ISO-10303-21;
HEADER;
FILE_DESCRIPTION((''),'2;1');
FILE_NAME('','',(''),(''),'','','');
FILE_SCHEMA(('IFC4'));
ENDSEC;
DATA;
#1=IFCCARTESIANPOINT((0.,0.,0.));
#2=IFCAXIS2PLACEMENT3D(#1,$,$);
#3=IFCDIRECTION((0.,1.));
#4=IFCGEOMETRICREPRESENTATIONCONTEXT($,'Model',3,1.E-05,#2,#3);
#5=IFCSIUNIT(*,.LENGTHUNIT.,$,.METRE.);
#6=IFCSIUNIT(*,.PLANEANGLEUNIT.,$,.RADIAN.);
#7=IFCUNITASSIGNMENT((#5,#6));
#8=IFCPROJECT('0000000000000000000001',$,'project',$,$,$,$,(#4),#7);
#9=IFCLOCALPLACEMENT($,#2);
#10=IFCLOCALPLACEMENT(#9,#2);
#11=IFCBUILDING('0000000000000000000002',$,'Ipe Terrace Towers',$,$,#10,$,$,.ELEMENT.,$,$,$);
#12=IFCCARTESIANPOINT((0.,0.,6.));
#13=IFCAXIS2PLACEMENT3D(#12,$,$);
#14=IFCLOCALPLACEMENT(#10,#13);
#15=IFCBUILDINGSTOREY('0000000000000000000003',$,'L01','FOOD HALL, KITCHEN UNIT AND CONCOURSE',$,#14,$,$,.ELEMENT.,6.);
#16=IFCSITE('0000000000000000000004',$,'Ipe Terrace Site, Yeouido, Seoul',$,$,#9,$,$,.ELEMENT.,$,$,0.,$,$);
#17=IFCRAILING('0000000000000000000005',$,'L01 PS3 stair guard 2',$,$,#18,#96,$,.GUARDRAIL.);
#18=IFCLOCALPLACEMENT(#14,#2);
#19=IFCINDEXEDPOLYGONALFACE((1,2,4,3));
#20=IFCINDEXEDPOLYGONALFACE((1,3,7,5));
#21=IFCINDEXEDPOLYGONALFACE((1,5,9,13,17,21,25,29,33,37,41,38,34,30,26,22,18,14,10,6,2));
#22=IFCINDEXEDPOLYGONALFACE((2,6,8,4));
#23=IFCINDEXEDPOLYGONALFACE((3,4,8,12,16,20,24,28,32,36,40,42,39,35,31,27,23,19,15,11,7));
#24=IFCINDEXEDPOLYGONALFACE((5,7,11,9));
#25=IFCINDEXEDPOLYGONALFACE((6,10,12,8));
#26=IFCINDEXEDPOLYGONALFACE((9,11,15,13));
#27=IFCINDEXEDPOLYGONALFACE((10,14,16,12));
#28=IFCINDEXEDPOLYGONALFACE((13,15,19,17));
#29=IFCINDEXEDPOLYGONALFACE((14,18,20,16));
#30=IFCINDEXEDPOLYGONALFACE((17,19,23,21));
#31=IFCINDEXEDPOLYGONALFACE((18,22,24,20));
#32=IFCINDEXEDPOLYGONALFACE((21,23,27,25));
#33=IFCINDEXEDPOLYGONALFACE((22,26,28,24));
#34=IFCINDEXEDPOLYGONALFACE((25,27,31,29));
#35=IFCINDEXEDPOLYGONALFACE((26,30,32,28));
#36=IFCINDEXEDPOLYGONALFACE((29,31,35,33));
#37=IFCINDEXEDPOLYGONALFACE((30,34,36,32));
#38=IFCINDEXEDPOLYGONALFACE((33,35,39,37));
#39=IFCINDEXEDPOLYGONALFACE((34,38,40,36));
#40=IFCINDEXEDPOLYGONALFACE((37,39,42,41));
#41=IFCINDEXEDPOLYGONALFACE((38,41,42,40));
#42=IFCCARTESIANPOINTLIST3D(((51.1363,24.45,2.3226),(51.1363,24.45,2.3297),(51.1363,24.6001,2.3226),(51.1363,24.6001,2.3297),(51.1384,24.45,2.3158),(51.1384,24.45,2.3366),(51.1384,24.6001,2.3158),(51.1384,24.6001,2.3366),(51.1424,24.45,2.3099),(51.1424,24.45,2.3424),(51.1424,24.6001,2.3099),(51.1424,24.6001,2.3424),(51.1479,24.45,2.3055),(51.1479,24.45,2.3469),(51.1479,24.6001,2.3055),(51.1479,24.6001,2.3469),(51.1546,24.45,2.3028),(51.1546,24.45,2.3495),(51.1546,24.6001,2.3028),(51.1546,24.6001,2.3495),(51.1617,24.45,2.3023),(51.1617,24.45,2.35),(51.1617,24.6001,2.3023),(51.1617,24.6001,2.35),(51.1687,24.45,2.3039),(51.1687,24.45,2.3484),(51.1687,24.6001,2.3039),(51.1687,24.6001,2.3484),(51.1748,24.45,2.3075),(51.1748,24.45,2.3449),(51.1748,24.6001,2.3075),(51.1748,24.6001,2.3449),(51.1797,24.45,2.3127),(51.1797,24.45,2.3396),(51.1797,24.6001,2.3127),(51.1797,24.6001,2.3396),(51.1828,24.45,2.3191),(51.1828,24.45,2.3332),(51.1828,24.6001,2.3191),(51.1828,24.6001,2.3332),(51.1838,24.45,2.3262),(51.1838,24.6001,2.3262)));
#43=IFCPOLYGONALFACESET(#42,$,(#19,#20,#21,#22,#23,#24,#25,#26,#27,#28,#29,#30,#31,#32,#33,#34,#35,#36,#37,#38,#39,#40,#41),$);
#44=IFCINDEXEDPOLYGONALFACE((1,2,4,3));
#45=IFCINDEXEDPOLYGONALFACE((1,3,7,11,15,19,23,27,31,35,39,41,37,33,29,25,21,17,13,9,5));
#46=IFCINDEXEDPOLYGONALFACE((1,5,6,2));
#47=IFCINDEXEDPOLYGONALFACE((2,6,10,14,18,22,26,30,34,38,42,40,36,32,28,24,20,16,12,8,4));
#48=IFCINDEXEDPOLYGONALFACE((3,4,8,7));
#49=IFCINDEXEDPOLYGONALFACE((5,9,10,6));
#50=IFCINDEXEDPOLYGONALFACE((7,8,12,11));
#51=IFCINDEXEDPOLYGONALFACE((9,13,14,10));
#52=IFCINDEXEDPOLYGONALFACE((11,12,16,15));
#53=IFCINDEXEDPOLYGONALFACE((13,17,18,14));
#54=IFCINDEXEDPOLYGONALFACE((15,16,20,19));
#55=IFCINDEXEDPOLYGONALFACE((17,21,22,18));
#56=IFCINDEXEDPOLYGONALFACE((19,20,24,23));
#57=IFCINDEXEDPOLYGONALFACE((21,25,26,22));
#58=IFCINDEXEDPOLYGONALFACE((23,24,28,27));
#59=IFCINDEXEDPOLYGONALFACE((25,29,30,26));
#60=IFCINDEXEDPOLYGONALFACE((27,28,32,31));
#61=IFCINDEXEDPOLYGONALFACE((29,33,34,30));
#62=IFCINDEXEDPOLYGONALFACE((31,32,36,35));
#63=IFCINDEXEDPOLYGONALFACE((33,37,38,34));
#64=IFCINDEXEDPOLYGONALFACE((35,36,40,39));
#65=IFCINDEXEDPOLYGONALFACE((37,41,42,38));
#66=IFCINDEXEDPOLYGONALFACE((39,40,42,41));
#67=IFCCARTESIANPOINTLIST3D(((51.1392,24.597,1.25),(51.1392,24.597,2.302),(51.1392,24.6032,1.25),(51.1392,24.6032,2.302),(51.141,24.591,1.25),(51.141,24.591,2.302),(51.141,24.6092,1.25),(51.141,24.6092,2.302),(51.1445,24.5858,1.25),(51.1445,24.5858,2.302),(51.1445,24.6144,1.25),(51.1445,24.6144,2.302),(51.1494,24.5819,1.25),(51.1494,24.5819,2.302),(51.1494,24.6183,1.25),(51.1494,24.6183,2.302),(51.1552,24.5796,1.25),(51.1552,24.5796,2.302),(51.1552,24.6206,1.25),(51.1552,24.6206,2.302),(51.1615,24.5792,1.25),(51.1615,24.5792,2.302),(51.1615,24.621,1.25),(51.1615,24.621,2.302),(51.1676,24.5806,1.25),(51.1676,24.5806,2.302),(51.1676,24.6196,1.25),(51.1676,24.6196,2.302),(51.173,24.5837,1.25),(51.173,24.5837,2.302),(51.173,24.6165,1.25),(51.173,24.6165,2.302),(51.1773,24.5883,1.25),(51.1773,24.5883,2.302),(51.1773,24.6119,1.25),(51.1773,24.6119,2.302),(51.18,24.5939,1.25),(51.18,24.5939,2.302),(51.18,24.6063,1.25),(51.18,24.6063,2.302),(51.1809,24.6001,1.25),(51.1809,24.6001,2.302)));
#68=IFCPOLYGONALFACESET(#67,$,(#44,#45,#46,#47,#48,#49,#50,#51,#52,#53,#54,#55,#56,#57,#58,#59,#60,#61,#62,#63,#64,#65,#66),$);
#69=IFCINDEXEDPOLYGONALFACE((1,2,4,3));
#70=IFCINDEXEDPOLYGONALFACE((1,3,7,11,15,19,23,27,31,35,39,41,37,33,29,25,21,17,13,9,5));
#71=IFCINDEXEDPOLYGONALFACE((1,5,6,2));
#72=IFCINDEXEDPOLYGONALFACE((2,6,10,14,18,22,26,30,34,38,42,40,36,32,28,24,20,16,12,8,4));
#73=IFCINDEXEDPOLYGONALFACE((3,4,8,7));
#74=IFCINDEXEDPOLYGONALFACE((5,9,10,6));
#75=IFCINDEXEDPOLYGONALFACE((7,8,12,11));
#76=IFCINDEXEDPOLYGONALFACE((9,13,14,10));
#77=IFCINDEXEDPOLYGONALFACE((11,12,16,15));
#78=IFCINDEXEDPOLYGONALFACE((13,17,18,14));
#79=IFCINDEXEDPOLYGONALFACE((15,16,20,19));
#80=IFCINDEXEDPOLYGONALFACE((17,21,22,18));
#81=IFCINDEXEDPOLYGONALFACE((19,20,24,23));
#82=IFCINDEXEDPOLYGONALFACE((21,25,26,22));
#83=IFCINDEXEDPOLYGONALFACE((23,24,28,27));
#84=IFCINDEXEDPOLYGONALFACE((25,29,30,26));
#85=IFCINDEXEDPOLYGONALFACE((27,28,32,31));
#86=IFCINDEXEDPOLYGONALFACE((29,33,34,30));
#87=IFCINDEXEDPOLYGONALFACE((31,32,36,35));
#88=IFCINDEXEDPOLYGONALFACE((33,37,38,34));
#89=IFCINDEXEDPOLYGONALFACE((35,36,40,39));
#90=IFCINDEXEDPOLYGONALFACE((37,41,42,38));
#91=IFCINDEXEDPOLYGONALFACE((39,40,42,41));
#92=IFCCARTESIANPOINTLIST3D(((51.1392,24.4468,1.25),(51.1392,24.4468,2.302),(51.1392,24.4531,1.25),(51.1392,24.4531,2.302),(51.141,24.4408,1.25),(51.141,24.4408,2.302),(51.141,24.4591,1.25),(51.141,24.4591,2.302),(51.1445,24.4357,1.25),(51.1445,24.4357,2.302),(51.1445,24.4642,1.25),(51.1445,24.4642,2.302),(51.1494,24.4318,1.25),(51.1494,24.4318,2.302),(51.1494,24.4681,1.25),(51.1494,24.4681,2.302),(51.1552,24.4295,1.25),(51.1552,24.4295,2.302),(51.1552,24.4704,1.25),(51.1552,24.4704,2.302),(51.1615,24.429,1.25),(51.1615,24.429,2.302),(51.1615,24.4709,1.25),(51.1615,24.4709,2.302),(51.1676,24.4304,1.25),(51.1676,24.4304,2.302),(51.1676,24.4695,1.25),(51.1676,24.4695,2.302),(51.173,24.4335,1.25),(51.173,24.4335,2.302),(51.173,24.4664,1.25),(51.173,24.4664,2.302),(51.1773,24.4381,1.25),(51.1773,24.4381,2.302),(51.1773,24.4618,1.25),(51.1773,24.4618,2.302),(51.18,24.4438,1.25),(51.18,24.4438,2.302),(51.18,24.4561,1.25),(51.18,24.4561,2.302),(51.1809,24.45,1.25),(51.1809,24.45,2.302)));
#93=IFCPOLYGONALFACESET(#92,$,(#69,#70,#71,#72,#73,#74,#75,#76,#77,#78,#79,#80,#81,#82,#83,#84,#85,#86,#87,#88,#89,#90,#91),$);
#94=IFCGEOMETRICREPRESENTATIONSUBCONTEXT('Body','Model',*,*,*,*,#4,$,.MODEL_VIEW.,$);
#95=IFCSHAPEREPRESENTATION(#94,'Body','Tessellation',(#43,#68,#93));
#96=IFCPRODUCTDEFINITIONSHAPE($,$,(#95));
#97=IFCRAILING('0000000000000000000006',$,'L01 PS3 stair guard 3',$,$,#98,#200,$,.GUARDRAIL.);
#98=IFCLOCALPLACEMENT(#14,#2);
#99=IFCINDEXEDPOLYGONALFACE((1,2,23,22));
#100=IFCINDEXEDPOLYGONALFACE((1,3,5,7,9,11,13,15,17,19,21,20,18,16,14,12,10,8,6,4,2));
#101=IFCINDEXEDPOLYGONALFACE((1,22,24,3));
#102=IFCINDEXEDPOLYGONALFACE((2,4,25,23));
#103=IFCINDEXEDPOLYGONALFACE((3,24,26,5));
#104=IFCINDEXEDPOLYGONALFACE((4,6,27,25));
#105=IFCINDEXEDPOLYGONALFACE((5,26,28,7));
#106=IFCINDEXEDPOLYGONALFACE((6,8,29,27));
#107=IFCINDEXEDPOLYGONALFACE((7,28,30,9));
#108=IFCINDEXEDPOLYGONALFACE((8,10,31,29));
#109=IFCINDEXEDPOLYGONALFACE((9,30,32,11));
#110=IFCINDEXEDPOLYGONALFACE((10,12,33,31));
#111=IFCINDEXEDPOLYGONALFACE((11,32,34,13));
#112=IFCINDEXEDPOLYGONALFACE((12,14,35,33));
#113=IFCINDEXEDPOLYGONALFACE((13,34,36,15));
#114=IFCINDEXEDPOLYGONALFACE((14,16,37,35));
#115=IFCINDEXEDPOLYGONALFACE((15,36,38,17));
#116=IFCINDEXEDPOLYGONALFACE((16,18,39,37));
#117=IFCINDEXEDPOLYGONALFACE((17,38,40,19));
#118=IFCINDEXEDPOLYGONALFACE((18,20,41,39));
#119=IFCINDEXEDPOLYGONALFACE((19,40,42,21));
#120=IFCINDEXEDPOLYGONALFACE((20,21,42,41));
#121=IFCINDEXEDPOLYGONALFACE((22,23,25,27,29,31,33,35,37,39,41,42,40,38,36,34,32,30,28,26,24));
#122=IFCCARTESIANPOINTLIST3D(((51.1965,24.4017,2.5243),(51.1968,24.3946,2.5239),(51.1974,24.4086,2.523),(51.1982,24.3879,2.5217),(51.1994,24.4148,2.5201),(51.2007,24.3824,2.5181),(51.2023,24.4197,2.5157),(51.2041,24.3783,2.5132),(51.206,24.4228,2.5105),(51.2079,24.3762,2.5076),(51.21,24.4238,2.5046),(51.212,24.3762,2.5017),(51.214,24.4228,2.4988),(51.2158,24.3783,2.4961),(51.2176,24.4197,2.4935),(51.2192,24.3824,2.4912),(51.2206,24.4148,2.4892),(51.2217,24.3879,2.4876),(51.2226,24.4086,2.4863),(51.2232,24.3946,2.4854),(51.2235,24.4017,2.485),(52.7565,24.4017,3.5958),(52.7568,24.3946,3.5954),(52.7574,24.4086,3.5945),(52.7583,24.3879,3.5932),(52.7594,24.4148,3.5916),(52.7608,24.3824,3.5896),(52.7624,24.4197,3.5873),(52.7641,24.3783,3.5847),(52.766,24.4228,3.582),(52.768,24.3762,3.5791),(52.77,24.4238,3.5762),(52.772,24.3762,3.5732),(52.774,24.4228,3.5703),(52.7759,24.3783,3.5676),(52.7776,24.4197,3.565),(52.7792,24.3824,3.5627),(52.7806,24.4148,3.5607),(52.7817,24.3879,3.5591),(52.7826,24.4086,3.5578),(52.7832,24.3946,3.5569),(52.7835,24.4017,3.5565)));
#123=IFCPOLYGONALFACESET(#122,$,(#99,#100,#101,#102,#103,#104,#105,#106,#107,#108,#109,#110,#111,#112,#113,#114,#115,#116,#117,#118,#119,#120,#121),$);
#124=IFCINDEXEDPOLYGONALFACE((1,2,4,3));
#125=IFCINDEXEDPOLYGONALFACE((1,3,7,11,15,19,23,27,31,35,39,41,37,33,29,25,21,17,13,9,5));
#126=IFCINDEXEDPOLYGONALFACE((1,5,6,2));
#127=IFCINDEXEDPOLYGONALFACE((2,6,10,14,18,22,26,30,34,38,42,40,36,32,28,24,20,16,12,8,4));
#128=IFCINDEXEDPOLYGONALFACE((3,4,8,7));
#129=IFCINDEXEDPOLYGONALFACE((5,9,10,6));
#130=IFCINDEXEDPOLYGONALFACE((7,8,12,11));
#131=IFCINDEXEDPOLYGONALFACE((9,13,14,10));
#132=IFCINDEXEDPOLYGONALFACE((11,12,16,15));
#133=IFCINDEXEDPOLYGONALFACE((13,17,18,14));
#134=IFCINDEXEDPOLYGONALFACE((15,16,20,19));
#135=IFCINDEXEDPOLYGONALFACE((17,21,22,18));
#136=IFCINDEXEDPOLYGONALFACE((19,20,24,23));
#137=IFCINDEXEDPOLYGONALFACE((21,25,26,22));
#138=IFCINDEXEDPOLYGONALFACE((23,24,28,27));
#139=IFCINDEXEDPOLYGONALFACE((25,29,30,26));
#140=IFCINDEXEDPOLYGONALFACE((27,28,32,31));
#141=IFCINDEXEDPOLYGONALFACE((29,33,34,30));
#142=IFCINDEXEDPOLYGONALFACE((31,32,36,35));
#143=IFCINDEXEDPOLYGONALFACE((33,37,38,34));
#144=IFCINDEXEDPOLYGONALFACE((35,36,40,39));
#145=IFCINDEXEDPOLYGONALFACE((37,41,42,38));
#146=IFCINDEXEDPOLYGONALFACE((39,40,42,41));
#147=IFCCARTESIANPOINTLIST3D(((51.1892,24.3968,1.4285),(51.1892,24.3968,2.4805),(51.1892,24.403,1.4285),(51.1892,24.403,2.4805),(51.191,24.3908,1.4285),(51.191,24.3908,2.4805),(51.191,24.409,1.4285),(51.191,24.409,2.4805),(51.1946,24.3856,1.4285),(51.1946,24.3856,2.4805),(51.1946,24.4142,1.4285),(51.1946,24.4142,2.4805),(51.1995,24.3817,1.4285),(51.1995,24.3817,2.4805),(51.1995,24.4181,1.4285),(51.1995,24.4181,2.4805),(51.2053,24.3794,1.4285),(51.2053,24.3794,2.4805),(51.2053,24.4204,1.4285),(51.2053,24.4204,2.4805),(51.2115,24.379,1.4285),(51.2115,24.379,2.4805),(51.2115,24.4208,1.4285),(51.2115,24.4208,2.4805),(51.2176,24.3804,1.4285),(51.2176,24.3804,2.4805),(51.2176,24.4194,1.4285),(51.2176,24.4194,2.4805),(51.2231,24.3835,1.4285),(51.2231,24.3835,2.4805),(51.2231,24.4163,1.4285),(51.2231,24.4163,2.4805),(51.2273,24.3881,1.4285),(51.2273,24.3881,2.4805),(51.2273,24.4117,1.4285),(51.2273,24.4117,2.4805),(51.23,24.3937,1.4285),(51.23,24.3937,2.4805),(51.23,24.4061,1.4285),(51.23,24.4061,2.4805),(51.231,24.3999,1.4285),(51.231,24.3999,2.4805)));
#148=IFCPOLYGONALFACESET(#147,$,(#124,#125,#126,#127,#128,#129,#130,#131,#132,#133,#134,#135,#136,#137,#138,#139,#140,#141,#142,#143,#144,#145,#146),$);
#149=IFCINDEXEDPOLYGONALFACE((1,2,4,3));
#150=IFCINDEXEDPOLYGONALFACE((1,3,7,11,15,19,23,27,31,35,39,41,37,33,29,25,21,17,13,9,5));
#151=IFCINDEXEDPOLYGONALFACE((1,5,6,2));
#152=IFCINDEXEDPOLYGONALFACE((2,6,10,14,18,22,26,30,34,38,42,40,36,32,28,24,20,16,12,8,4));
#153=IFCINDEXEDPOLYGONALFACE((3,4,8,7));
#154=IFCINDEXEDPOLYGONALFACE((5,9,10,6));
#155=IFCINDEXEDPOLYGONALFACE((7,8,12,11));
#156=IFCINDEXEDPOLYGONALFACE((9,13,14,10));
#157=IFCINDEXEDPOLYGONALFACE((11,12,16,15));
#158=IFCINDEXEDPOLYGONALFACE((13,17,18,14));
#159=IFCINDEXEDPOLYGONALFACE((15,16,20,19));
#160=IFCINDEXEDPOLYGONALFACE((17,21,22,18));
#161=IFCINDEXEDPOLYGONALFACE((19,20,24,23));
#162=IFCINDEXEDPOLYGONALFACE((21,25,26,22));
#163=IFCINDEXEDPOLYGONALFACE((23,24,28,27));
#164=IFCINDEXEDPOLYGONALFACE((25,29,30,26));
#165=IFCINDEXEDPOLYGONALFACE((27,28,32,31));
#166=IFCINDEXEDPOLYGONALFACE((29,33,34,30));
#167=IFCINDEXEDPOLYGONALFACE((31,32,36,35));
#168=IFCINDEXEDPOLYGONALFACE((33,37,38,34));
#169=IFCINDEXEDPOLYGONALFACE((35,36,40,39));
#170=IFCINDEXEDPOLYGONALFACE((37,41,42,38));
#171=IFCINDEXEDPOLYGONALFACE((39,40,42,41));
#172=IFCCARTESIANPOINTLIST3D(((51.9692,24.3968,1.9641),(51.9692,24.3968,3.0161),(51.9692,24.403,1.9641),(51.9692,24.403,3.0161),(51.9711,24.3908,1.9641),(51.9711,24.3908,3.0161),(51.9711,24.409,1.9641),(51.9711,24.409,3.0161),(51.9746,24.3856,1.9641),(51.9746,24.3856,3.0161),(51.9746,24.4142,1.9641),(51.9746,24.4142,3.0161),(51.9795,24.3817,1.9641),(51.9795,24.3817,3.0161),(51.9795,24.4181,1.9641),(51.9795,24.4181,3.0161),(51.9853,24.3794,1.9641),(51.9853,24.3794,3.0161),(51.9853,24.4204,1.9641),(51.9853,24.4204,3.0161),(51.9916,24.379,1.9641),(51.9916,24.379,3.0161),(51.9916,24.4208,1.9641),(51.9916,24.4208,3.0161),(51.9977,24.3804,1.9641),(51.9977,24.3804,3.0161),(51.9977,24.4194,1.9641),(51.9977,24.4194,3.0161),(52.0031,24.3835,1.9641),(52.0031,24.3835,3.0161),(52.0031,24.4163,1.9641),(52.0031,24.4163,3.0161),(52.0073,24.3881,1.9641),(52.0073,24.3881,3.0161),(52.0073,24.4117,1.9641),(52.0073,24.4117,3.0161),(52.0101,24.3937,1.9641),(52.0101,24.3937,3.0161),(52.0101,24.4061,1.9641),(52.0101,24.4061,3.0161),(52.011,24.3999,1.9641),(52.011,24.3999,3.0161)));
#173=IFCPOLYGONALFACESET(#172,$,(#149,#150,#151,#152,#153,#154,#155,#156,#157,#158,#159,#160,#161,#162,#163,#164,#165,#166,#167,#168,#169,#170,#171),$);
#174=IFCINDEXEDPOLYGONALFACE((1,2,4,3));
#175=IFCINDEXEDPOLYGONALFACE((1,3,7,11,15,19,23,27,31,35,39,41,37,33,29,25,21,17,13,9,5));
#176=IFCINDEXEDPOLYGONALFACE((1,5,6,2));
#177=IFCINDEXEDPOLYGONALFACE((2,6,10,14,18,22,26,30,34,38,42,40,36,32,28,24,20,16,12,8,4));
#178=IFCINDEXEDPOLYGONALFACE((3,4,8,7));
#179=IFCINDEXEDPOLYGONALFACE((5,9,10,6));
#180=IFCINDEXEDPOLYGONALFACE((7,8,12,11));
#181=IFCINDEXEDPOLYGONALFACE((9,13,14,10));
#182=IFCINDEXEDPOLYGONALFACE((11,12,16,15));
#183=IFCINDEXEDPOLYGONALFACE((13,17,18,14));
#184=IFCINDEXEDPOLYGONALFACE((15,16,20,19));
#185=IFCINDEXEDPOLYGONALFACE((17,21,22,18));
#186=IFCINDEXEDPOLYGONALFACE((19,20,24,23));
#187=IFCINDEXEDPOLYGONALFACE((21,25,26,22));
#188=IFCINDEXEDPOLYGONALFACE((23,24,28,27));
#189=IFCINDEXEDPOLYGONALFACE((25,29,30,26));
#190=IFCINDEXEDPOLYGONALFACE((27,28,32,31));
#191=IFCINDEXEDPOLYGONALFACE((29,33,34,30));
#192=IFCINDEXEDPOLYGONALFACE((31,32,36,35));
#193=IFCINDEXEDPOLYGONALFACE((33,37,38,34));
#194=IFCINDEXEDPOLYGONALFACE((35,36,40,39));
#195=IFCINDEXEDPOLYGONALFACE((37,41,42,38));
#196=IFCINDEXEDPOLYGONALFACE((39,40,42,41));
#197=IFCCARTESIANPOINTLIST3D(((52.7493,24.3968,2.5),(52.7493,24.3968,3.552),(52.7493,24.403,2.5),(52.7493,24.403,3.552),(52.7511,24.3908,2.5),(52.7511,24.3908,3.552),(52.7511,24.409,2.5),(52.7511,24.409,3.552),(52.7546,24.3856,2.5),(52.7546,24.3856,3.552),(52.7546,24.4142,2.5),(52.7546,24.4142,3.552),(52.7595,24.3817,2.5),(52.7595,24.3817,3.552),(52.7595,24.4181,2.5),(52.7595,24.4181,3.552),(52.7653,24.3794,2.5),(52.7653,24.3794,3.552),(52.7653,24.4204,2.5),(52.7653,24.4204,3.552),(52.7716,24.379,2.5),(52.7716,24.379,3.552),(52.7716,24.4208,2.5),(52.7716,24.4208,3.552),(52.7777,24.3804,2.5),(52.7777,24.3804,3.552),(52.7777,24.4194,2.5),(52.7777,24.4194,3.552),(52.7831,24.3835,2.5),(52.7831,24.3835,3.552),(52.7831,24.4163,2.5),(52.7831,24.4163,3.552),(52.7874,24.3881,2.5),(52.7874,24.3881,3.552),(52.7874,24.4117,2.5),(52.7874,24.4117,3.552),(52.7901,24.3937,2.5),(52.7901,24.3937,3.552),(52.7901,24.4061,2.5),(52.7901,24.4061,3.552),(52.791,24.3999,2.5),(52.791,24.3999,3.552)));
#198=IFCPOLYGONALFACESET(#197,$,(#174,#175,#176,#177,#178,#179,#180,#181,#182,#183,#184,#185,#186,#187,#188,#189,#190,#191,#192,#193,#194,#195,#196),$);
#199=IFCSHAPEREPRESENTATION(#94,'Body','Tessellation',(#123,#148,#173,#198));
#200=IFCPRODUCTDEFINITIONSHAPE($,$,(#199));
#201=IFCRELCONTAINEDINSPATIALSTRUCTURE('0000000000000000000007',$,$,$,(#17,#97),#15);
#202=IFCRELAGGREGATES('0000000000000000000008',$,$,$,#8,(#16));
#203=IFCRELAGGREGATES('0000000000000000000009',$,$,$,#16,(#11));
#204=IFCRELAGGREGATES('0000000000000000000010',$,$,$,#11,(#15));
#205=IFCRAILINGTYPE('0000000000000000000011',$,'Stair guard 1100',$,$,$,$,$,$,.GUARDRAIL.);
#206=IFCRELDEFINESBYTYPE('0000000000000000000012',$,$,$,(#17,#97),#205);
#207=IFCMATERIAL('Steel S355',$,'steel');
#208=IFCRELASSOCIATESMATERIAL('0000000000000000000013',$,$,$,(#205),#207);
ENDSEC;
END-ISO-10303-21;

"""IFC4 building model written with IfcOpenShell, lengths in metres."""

from ifc_helpers import new_model, si_unit, direction, frame, origin, origin_2d, place, context, subcontext, project, spatial, circle, extrude, material, type_object, element, save


model = new_model("IFC4")

# Units and contexts
model_context = context("Model", 3, precision=1e-05, world=origin(), true_north=direction((0.0, 1.0)))
body_context = subcontext(model_context, "Body", "Model", "MODEL_VIEW")
ifc_project = project(units=[si_unit("LENGTHUNIT", "METRE"), si_unit("PLANEANGLEUNIT", "RADIAN")], contexts=[model_context])

# Site, building, storey
site_placement = place(None, origin())
site = spatial("IfcSite", under=ifc_project, at=site_placement, Name="Ipe Terrace Site, Yeouido, Seoul", CompositionType="ELEMENT", RefElevation=0.0)
building_placement = place(site_placement, origin())
building = spatial("IfcBuilding", under=site, at=building_placement, Name="Ipe Terrace Towers", CompositionType="ELEMENT")
storey_placement = place(building_placement, frame((0.0, 0.0, 6.0)))
storey = spatial("IfcBuildingStorey", under=building, at=storey_placement, Name="L01", Description="FOOD HALL, KITCHEN UNIT AND CONCOURSE", CompositionType="ELEMENT", Elevation=6.0)

# Railings
ifc_material_1 = material(Name="Steel S355", Category="steel")
railing_type_1 = type_object("IfcRailingType", Name="Stair guard 1100", PredefinedType="GUARDRAIL", material=ifc_material_1)
railing_1_placement = place(storey_placement, frame((51.1599, 24.6001, 1.25)))
element("IfcRailing", 1, at=railing_1_placement, inside=storey, type_object=railing_type_1, Name="L01 PS3 stair guard 2", PredefinedType="GUARDRAIL", context=body_context, shape_type="SweptSolid", body=[
    extrude(circle(Radius=0.0239, at=origin_2d()), frame((0.0, 0.0, 1.0762), z_axis=(0.0, -1.0, 0.0), x_axis=(1.0, 0.0, 0.0)), (0.0, 0.0, 1.0), 0.1501),
    extrude(circle(Radius=0.021, at=origin_2d()), origin(), (0.0, 0.0, 1.0), 1.052),
    extrude(circle(Radius=0.021, at=origin_2d()), frame((0.0, -0.1501, 0.0)), (0.0, 0.0, 1.0), 1.052),
])
railing_2_placement = place(storey_placement, frame((51.21, 24.3999, 1.4285)))
element("IfcRailing", 2, at=railing_2_placement, inside=storey, type_object=railing_type_1, Name="L01 PS3 stair guard 3", PredefinedType="GUARDRAIL", context=body_context, shape_type="SweptSolid", body=[
    extrude(circle(Radius=0.0239, at=origin_2d()), frame((0.0, 0.0, 1.0762), z_axis=(0.82429, 0.0, 0.566167), x_axis=(0.0, 1.0, 0.0)), (0.0, 0.0, 1.0), 1.8926),
    extrude(circle(Radius=0.021, at=origin_2d()), origin(), (0.0, 0.0, 1.0), 1.052),
    extrude(circle(Radius=0.021, at=origin_2d()), frame((0.78, 0.0, 0.5356)), (0.0, 0.0, 1.0), 1.052),
    extrude(circle(Radius=0.021, at=origin_2d()), frame((1.5601, 0.0, 1.0715)), (0.0, 0.0, 1.0), 1.052),
])

save(model, "model.ifc")
